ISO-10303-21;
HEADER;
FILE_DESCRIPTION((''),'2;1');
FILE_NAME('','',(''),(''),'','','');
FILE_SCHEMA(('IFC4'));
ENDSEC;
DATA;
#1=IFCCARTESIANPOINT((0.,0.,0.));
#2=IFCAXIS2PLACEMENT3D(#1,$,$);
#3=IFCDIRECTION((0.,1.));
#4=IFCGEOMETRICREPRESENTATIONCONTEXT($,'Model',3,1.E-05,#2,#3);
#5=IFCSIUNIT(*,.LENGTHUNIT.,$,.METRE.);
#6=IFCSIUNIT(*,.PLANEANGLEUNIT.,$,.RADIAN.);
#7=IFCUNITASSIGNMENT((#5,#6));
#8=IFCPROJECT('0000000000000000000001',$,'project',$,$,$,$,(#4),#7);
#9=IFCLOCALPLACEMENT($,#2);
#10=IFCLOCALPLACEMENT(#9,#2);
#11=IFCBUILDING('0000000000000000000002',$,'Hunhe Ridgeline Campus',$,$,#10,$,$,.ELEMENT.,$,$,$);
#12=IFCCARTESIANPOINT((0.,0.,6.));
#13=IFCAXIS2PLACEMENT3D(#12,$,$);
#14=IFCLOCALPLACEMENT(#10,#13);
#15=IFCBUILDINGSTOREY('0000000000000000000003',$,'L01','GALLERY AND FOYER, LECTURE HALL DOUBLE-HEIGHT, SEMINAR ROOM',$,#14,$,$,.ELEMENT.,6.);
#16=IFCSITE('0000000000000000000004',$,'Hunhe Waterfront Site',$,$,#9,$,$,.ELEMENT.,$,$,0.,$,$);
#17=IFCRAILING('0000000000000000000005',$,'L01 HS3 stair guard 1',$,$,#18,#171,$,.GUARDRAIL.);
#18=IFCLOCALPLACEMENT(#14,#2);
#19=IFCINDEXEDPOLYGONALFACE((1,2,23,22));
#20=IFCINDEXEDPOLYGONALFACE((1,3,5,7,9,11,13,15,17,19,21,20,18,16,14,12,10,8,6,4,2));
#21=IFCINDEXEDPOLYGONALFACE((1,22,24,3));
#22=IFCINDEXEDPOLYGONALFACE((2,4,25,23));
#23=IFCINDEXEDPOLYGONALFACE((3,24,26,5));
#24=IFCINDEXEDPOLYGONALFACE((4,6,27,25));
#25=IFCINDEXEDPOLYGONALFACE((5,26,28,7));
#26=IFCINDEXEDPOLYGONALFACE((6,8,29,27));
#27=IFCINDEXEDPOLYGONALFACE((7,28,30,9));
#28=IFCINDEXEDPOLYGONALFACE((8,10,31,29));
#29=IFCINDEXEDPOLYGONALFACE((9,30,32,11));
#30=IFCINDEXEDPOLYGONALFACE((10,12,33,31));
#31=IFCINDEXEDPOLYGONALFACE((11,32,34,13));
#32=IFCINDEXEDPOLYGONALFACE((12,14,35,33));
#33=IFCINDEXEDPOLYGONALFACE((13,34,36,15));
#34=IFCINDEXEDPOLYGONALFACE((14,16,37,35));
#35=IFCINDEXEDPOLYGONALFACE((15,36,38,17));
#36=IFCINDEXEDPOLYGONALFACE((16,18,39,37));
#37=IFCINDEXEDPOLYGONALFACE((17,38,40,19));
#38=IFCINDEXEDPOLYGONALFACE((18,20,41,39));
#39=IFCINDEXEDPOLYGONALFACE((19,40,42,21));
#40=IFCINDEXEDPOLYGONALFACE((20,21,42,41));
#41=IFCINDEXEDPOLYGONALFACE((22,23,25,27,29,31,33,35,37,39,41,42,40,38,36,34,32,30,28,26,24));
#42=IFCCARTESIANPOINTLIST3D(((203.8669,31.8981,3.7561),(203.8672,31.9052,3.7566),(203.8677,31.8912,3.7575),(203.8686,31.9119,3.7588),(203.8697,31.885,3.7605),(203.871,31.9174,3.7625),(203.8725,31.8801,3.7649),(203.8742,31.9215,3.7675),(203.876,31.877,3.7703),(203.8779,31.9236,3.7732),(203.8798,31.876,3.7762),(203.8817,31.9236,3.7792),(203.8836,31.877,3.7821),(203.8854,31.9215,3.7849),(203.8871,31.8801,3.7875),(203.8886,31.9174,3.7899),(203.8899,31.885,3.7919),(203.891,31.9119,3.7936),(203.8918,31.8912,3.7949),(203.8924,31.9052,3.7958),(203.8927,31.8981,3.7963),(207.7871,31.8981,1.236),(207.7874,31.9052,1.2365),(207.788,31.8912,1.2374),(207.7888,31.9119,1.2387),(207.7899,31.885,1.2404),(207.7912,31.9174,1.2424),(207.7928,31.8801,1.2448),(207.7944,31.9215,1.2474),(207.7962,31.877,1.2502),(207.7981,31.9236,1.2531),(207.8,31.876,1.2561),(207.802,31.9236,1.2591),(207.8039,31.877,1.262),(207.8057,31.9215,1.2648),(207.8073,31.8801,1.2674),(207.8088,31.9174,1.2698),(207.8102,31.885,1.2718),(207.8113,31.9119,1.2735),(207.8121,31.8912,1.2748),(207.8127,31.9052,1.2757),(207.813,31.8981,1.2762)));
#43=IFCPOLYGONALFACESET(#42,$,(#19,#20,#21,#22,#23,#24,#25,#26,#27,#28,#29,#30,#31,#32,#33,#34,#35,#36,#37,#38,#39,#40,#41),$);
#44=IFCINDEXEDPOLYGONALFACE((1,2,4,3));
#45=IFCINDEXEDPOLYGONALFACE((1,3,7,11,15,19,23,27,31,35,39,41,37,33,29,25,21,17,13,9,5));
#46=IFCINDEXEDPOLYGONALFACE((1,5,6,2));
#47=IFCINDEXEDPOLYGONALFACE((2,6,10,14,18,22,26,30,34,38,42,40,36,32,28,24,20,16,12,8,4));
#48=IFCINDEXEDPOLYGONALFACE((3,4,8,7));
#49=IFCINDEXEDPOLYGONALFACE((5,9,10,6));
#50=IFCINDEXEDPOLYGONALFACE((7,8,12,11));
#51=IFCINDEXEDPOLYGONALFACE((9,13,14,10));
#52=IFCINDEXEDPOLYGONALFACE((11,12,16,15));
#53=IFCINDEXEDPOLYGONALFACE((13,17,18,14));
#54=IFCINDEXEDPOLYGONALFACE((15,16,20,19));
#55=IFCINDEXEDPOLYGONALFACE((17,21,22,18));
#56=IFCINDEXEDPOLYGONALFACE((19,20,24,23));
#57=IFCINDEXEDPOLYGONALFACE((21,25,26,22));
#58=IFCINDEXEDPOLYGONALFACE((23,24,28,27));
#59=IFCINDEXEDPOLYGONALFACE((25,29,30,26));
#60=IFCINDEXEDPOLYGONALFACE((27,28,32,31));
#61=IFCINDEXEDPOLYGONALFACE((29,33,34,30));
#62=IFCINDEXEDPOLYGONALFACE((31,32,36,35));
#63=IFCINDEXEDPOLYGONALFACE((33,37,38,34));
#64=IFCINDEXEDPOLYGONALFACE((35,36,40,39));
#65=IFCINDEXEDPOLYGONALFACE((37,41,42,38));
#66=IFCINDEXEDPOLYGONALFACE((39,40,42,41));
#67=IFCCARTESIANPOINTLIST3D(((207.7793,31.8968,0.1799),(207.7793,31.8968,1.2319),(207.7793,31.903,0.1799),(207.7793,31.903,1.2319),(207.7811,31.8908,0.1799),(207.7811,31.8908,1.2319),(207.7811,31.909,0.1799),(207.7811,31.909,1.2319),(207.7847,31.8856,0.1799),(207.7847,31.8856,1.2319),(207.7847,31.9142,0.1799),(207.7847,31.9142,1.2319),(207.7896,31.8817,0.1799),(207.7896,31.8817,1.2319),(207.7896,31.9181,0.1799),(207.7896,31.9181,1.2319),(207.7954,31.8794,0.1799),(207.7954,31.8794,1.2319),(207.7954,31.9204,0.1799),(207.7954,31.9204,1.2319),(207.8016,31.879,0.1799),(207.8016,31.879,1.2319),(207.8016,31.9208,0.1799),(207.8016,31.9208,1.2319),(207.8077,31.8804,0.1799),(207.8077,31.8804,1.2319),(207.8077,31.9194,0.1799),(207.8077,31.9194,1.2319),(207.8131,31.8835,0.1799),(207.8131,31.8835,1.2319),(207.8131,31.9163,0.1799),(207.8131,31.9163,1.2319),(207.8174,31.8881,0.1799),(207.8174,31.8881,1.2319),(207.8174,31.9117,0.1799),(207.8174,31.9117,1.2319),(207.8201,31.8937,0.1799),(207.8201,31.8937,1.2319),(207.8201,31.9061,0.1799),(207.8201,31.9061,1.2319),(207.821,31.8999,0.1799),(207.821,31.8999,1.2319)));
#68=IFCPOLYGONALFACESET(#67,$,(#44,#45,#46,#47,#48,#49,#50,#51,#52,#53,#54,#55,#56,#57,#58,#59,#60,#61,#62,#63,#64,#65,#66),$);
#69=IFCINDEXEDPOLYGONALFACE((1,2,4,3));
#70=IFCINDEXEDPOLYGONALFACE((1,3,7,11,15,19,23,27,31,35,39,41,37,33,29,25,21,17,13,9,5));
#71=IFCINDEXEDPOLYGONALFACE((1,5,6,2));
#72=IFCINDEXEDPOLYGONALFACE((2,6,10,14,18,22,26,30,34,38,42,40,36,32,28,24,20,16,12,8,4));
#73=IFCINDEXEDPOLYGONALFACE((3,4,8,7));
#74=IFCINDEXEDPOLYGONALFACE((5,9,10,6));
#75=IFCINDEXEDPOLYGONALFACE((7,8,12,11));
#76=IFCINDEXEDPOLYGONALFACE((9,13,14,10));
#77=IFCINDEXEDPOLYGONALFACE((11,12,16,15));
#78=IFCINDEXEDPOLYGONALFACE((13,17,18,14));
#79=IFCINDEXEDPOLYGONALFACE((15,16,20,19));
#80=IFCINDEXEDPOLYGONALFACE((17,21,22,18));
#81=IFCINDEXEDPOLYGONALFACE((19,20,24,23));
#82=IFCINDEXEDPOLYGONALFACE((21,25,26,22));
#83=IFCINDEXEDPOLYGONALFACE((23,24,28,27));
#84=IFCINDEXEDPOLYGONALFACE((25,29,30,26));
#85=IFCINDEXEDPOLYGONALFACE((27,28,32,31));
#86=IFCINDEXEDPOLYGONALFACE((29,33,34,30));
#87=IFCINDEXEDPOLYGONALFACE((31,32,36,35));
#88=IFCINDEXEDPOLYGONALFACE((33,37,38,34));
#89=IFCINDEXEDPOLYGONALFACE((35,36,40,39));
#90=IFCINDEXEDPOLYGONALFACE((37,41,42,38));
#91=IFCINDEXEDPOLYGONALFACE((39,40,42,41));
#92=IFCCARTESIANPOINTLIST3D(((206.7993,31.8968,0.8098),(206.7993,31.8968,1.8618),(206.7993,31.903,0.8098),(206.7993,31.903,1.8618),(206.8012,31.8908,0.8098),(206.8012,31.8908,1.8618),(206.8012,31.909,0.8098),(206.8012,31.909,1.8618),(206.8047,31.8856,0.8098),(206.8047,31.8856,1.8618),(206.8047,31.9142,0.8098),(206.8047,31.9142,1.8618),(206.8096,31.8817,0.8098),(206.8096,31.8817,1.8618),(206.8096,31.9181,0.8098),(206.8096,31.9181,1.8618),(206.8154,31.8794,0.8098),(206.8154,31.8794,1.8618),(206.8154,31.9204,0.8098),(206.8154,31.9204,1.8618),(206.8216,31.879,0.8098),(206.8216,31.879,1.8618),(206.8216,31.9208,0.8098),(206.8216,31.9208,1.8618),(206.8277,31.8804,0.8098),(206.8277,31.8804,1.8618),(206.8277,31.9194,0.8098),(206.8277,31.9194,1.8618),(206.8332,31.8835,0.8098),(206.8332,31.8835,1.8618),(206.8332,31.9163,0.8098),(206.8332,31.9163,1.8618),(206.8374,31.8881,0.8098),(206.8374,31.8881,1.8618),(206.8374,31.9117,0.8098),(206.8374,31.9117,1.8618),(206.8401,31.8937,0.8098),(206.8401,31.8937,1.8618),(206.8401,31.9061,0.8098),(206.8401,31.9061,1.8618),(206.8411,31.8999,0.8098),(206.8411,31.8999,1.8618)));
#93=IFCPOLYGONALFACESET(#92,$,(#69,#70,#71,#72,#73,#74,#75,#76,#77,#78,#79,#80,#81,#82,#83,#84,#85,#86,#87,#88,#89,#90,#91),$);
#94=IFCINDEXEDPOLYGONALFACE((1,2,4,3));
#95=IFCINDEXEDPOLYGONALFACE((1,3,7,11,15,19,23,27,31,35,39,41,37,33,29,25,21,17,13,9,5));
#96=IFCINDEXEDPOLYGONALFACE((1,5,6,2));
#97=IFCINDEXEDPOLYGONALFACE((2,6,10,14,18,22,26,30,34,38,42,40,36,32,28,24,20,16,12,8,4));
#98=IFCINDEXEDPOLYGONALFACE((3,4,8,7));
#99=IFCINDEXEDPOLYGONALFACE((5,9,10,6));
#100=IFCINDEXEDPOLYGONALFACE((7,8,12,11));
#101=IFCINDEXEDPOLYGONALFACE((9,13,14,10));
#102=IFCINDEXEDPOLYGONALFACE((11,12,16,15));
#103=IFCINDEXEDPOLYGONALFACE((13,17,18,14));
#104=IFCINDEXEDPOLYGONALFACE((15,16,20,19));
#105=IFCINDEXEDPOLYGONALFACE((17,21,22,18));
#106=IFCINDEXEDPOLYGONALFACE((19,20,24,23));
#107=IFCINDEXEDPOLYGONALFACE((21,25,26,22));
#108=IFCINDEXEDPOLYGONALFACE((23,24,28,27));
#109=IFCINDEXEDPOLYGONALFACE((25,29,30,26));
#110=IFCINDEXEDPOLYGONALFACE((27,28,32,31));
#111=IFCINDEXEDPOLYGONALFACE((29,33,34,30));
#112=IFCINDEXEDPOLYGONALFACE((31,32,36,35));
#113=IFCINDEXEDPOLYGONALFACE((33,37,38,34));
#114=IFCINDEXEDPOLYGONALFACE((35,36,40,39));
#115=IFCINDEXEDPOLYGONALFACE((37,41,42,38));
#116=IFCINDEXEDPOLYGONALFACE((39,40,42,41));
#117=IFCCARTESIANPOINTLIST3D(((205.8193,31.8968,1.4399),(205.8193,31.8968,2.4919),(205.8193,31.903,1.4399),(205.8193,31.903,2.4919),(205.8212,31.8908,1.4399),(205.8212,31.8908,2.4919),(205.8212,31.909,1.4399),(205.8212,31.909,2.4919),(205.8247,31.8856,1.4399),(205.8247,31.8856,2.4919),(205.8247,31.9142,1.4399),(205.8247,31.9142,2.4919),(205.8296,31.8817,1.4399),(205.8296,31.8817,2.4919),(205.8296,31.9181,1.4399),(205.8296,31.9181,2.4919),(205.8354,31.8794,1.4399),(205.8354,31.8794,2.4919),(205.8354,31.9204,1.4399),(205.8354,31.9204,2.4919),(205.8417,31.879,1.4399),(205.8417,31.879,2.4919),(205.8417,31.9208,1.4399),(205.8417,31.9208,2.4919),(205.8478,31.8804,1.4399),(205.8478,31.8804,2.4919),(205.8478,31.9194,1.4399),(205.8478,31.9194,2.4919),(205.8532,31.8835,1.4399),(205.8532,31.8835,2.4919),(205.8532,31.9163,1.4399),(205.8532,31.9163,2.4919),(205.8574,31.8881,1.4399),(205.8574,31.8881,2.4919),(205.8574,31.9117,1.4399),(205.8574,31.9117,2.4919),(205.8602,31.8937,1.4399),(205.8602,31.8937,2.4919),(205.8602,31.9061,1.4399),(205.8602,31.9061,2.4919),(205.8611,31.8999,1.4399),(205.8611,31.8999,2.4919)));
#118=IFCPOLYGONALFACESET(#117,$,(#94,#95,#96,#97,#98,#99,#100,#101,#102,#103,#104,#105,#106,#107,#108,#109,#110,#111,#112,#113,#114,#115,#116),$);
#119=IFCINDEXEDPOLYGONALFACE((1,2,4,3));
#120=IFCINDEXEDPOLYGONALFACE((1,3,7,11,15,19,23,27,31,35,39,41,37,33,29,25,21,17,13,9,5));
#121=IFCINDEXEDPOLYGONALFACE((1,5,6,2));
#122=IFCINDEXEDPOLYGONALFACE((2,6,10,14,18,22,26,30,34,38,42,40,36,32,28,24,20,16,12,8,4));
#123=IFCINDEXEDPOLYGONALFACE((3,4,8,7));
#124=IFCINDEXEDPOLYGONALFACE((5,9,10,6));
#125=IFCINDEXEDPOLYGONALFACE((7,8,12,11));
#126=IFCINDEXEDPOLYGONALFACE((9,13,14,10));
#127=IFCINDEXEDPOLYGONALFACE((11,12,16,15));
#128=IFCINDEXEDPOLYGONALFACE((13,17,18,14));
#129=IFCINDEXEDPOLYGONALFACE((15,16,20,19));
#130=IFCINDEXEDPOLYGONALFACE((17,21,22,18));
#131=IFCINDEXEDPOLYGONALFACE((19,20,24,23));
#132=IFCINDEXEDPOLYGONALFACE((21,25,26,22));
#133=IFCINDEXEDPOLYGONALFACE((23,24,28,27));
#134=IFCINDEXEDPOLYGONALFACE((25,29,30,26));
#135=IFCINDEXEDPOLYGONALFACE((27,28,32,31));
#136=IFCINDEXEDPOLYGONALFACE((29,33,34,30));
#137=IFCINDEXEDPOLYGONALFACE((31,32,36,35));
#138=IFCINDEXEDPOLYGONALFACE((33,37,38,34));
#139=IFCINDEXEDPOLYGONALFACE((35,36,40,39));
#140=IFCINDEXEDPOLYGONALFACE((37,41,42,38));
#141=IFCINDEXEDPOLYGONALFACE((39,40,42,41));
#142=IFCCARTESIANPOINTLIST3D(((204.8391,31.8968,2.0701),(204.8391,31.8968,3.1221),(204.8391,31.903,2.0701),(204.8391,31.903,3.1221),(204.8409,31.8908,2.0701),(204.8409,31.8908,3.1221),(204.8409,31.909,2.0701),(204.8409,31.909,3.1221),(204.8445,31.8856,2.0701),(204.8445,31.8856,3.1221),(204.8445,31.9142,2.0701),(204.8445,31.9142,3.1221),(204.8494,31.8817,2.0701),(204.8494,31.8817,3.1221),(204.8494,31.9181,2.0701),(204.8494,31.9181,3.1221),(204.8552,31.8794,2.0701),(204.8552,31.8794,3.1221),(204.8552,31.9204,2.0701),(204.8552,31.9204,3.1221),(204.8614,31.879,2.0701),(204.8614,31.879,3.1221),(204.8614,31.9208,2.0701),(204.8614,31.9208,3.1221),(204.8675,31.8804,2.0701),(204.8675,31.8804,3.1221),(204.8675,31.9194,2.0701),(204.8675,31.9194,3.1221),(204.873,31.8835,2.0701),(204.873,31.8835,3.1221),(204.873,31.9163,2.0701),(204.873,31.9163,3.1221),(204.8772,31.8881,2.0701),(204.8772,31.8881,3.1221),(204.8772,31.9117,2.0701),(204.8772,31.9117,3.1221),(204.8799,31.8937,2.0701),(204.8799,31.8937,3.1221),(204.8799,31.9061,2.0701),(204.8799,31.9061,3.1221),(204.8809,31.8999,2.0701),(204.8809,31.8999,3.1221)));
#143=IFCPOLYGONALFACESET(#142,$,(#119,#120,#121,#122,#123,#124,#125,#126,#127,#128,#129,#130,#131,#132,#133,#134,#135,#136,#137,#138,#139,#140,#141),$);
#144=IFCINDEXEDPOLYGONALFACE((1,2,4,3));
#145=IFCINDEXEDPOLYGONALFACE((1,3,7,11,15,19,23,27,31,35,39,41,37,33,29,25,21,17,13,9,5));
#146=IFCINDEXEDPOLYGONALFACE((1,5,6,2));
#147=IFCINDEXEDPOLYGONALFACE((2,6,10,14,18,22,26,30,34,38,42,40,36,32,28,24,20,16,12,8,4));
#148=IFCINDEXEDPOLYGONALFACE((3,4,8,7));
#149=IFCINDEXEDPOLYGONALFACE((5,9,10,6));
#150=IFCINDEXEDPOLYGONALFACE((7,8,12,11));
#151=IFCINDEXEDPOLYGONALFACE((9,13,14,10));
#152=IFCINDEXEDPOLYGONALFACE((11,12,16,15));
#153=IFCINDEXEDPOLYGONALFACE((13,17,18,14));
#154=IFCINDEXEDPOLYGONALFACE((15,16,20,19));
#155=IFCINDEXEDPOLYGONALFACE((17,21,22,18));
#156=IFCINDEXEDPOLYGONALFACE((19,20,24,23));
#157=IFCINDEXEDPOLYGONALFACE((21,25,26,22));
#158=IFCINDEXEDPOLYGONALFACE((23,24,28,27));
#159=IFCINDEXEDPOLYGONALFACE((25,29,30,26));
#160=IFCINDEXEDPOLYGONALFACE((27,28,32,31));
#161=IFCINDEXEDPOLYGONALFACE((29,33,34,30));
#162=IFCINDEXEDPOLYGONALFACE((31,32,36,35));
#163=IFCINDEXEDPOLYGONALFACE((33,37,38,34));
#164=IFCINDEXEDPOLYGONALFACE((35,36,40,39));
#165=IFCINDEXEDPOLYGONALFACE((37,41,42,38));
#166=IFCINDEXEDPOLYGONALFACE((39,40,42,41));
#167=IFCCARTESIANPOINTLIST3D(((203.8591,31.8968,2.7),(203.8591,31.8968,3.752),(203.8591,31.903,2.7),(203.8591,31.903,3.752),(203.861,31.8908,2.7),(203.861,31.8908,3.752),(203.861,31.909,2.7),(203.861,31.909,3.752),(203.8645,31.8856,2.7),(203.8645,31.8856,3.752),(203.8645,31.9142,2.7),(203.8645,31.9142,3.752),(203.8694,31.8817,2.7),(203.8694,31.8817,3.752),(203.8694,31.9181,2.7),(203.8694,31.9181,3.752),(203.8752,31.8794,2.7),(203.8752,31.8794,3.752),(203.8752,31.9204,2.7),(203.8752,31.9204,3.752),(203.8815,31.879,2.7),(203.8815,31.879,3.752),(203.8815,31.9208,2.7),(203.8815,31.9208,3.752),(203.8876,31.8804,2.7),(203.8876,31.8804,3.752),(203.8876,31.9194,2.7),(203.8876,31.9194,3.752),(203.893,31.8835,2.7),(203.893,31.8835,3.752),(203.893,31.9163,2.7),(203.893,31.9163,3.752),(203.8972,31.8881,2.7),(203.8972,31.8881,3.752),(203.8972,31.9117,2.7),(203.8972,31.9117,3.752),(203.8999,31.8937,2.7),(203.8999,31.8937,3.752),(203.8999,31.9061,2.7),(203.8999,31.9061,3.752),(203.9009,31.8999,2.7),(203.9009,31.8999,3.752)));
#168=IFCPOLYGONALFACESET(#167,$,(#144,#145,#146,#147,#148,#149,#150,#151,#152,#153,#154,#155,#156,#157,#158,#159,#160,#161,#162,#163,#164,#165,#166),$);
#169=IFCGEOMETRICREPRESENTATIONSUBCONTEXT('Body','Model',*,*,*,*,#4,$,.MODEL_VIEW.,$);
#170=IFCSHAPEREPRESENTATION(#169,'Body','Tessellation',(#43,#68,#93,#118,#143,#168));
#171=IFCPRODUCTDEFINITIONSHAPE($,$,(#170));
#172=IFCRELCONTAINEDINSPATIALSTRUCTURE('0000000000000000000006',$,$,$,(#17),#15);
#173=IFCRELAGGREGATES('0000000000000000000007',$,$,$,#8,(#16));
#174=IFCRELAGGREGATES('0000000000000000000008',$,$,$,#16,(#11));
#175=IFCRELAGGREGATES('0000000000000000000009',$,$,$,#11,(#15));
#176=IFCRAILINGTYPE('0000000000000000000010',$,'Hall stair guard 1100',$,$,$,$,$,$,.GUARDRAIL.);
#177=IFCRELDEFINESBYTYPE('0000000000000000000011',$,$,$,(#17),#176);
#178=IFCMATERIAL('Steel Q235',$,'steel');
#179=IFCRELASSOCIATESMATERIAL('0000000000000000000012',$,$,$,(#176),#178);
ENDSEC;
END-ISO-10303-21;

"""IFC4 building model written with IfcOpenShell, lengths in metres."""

from ifc_helpers import new_model, si_unit, direction, frame, origin, origin_2d, place, context, subcontext, project, spatial, circle, extrude, material, type_object, element, save


model = new_model("IFC4")

# Units and contexts
model_context = context("Model", 3, precision=1e-05, world=origin(), true_north=direction((0.0, 1.0)))
body_context = subcontext(model_context, "Body", "Model", "MODEL_VIEW")
ifc_project = project(units=[si_unit("LENGTHUNIT", "METRE"), si_unit("PLANEANGLEUNIT", "RADIAN")], contexts=[model_context])

# Site, building, storey
site_placement = place(None, origin())
site = spatial("IfcSite", under=ifc_project, at=site_placement, Name="Hunhe Waterfront Site", CompositionType="ELEMENT", RefElevation=0.0)
building_placement = place(site_placement, origin())
building = spatial("IfcBuilding", under=site, at=building_placement, Name="Hunhe Ridgeline Campus", CompositionType="ELEMENT")
storey_placement = place(building_placement, frame((0.0, 0.0, 6.0)))
storey = spatial("IfcBuildingStorey", under=building, at=storey_placement, Name="L01", Description="GALLERY AND FOYER, LECTURE HALL DOUBLE-HEIGHT, SEMINAR ROOM", CompositionType="ELEMENT", Elevation=6.0)

# Shared definitions
ifc_material_1 = material(Name="Steel Q235", Category="steel")

# Railing
railing_type_1 = type_object("IfcRailingType", Name="Hall stair guard 1100", PredefinedType="GUARDRAIL", material=ifc_material_1)
railing_1_placement = place(storey_placement, frame((207.8, 31.8999, 0.1799)))
element("IfcRailing", 1, at=railing_1_placement, inside=storey, type_object=railing_type_1, Name="L01 HS3 stair guard 1", PredefinedType="GUARDRAIL", context=body_context, shape_type="SweptSolid", body=[
    extrude(circle(Radius=0.0239, at=origin_2d()), frame((0.0, 0.0, 1.0762), z_axis=(-0.841187, 0.0, 0.540744), x_axis=(0.0, -1.0, 0.0)), (0.0, 0.0, 1.0), 4.6604),
    extrude(circle(Radius=0.021, at=origin_2d()), origin(), (0.0, 0.0, 1.0), 1.052),
    extrude(circle(Radius=0.021, at=origin_2d()), frame((-0.98, 0.0, 0.6299)), (0.0, 0.0, 1.0), 1.052),
    extrude(circle(Radius=0.021, at=origin_2d()), frame((-1.96, 0.0, 1.26)), (0.0, 0.0, 1.0), 1.052),
    extrude(circle(Radius=0.021, at=origin_2d()), frame((-2.9402, 0.0, 1.8901)), (0.0, 0.0, 1.0), 1.052),
    extrude(circle(Radius=0.021, at=origin_2d()), frame((-3.9202, 0.0, 2.52)), (0.0, 0.0, 1.0), 1.052),
])

save(model, "model.ifc")
